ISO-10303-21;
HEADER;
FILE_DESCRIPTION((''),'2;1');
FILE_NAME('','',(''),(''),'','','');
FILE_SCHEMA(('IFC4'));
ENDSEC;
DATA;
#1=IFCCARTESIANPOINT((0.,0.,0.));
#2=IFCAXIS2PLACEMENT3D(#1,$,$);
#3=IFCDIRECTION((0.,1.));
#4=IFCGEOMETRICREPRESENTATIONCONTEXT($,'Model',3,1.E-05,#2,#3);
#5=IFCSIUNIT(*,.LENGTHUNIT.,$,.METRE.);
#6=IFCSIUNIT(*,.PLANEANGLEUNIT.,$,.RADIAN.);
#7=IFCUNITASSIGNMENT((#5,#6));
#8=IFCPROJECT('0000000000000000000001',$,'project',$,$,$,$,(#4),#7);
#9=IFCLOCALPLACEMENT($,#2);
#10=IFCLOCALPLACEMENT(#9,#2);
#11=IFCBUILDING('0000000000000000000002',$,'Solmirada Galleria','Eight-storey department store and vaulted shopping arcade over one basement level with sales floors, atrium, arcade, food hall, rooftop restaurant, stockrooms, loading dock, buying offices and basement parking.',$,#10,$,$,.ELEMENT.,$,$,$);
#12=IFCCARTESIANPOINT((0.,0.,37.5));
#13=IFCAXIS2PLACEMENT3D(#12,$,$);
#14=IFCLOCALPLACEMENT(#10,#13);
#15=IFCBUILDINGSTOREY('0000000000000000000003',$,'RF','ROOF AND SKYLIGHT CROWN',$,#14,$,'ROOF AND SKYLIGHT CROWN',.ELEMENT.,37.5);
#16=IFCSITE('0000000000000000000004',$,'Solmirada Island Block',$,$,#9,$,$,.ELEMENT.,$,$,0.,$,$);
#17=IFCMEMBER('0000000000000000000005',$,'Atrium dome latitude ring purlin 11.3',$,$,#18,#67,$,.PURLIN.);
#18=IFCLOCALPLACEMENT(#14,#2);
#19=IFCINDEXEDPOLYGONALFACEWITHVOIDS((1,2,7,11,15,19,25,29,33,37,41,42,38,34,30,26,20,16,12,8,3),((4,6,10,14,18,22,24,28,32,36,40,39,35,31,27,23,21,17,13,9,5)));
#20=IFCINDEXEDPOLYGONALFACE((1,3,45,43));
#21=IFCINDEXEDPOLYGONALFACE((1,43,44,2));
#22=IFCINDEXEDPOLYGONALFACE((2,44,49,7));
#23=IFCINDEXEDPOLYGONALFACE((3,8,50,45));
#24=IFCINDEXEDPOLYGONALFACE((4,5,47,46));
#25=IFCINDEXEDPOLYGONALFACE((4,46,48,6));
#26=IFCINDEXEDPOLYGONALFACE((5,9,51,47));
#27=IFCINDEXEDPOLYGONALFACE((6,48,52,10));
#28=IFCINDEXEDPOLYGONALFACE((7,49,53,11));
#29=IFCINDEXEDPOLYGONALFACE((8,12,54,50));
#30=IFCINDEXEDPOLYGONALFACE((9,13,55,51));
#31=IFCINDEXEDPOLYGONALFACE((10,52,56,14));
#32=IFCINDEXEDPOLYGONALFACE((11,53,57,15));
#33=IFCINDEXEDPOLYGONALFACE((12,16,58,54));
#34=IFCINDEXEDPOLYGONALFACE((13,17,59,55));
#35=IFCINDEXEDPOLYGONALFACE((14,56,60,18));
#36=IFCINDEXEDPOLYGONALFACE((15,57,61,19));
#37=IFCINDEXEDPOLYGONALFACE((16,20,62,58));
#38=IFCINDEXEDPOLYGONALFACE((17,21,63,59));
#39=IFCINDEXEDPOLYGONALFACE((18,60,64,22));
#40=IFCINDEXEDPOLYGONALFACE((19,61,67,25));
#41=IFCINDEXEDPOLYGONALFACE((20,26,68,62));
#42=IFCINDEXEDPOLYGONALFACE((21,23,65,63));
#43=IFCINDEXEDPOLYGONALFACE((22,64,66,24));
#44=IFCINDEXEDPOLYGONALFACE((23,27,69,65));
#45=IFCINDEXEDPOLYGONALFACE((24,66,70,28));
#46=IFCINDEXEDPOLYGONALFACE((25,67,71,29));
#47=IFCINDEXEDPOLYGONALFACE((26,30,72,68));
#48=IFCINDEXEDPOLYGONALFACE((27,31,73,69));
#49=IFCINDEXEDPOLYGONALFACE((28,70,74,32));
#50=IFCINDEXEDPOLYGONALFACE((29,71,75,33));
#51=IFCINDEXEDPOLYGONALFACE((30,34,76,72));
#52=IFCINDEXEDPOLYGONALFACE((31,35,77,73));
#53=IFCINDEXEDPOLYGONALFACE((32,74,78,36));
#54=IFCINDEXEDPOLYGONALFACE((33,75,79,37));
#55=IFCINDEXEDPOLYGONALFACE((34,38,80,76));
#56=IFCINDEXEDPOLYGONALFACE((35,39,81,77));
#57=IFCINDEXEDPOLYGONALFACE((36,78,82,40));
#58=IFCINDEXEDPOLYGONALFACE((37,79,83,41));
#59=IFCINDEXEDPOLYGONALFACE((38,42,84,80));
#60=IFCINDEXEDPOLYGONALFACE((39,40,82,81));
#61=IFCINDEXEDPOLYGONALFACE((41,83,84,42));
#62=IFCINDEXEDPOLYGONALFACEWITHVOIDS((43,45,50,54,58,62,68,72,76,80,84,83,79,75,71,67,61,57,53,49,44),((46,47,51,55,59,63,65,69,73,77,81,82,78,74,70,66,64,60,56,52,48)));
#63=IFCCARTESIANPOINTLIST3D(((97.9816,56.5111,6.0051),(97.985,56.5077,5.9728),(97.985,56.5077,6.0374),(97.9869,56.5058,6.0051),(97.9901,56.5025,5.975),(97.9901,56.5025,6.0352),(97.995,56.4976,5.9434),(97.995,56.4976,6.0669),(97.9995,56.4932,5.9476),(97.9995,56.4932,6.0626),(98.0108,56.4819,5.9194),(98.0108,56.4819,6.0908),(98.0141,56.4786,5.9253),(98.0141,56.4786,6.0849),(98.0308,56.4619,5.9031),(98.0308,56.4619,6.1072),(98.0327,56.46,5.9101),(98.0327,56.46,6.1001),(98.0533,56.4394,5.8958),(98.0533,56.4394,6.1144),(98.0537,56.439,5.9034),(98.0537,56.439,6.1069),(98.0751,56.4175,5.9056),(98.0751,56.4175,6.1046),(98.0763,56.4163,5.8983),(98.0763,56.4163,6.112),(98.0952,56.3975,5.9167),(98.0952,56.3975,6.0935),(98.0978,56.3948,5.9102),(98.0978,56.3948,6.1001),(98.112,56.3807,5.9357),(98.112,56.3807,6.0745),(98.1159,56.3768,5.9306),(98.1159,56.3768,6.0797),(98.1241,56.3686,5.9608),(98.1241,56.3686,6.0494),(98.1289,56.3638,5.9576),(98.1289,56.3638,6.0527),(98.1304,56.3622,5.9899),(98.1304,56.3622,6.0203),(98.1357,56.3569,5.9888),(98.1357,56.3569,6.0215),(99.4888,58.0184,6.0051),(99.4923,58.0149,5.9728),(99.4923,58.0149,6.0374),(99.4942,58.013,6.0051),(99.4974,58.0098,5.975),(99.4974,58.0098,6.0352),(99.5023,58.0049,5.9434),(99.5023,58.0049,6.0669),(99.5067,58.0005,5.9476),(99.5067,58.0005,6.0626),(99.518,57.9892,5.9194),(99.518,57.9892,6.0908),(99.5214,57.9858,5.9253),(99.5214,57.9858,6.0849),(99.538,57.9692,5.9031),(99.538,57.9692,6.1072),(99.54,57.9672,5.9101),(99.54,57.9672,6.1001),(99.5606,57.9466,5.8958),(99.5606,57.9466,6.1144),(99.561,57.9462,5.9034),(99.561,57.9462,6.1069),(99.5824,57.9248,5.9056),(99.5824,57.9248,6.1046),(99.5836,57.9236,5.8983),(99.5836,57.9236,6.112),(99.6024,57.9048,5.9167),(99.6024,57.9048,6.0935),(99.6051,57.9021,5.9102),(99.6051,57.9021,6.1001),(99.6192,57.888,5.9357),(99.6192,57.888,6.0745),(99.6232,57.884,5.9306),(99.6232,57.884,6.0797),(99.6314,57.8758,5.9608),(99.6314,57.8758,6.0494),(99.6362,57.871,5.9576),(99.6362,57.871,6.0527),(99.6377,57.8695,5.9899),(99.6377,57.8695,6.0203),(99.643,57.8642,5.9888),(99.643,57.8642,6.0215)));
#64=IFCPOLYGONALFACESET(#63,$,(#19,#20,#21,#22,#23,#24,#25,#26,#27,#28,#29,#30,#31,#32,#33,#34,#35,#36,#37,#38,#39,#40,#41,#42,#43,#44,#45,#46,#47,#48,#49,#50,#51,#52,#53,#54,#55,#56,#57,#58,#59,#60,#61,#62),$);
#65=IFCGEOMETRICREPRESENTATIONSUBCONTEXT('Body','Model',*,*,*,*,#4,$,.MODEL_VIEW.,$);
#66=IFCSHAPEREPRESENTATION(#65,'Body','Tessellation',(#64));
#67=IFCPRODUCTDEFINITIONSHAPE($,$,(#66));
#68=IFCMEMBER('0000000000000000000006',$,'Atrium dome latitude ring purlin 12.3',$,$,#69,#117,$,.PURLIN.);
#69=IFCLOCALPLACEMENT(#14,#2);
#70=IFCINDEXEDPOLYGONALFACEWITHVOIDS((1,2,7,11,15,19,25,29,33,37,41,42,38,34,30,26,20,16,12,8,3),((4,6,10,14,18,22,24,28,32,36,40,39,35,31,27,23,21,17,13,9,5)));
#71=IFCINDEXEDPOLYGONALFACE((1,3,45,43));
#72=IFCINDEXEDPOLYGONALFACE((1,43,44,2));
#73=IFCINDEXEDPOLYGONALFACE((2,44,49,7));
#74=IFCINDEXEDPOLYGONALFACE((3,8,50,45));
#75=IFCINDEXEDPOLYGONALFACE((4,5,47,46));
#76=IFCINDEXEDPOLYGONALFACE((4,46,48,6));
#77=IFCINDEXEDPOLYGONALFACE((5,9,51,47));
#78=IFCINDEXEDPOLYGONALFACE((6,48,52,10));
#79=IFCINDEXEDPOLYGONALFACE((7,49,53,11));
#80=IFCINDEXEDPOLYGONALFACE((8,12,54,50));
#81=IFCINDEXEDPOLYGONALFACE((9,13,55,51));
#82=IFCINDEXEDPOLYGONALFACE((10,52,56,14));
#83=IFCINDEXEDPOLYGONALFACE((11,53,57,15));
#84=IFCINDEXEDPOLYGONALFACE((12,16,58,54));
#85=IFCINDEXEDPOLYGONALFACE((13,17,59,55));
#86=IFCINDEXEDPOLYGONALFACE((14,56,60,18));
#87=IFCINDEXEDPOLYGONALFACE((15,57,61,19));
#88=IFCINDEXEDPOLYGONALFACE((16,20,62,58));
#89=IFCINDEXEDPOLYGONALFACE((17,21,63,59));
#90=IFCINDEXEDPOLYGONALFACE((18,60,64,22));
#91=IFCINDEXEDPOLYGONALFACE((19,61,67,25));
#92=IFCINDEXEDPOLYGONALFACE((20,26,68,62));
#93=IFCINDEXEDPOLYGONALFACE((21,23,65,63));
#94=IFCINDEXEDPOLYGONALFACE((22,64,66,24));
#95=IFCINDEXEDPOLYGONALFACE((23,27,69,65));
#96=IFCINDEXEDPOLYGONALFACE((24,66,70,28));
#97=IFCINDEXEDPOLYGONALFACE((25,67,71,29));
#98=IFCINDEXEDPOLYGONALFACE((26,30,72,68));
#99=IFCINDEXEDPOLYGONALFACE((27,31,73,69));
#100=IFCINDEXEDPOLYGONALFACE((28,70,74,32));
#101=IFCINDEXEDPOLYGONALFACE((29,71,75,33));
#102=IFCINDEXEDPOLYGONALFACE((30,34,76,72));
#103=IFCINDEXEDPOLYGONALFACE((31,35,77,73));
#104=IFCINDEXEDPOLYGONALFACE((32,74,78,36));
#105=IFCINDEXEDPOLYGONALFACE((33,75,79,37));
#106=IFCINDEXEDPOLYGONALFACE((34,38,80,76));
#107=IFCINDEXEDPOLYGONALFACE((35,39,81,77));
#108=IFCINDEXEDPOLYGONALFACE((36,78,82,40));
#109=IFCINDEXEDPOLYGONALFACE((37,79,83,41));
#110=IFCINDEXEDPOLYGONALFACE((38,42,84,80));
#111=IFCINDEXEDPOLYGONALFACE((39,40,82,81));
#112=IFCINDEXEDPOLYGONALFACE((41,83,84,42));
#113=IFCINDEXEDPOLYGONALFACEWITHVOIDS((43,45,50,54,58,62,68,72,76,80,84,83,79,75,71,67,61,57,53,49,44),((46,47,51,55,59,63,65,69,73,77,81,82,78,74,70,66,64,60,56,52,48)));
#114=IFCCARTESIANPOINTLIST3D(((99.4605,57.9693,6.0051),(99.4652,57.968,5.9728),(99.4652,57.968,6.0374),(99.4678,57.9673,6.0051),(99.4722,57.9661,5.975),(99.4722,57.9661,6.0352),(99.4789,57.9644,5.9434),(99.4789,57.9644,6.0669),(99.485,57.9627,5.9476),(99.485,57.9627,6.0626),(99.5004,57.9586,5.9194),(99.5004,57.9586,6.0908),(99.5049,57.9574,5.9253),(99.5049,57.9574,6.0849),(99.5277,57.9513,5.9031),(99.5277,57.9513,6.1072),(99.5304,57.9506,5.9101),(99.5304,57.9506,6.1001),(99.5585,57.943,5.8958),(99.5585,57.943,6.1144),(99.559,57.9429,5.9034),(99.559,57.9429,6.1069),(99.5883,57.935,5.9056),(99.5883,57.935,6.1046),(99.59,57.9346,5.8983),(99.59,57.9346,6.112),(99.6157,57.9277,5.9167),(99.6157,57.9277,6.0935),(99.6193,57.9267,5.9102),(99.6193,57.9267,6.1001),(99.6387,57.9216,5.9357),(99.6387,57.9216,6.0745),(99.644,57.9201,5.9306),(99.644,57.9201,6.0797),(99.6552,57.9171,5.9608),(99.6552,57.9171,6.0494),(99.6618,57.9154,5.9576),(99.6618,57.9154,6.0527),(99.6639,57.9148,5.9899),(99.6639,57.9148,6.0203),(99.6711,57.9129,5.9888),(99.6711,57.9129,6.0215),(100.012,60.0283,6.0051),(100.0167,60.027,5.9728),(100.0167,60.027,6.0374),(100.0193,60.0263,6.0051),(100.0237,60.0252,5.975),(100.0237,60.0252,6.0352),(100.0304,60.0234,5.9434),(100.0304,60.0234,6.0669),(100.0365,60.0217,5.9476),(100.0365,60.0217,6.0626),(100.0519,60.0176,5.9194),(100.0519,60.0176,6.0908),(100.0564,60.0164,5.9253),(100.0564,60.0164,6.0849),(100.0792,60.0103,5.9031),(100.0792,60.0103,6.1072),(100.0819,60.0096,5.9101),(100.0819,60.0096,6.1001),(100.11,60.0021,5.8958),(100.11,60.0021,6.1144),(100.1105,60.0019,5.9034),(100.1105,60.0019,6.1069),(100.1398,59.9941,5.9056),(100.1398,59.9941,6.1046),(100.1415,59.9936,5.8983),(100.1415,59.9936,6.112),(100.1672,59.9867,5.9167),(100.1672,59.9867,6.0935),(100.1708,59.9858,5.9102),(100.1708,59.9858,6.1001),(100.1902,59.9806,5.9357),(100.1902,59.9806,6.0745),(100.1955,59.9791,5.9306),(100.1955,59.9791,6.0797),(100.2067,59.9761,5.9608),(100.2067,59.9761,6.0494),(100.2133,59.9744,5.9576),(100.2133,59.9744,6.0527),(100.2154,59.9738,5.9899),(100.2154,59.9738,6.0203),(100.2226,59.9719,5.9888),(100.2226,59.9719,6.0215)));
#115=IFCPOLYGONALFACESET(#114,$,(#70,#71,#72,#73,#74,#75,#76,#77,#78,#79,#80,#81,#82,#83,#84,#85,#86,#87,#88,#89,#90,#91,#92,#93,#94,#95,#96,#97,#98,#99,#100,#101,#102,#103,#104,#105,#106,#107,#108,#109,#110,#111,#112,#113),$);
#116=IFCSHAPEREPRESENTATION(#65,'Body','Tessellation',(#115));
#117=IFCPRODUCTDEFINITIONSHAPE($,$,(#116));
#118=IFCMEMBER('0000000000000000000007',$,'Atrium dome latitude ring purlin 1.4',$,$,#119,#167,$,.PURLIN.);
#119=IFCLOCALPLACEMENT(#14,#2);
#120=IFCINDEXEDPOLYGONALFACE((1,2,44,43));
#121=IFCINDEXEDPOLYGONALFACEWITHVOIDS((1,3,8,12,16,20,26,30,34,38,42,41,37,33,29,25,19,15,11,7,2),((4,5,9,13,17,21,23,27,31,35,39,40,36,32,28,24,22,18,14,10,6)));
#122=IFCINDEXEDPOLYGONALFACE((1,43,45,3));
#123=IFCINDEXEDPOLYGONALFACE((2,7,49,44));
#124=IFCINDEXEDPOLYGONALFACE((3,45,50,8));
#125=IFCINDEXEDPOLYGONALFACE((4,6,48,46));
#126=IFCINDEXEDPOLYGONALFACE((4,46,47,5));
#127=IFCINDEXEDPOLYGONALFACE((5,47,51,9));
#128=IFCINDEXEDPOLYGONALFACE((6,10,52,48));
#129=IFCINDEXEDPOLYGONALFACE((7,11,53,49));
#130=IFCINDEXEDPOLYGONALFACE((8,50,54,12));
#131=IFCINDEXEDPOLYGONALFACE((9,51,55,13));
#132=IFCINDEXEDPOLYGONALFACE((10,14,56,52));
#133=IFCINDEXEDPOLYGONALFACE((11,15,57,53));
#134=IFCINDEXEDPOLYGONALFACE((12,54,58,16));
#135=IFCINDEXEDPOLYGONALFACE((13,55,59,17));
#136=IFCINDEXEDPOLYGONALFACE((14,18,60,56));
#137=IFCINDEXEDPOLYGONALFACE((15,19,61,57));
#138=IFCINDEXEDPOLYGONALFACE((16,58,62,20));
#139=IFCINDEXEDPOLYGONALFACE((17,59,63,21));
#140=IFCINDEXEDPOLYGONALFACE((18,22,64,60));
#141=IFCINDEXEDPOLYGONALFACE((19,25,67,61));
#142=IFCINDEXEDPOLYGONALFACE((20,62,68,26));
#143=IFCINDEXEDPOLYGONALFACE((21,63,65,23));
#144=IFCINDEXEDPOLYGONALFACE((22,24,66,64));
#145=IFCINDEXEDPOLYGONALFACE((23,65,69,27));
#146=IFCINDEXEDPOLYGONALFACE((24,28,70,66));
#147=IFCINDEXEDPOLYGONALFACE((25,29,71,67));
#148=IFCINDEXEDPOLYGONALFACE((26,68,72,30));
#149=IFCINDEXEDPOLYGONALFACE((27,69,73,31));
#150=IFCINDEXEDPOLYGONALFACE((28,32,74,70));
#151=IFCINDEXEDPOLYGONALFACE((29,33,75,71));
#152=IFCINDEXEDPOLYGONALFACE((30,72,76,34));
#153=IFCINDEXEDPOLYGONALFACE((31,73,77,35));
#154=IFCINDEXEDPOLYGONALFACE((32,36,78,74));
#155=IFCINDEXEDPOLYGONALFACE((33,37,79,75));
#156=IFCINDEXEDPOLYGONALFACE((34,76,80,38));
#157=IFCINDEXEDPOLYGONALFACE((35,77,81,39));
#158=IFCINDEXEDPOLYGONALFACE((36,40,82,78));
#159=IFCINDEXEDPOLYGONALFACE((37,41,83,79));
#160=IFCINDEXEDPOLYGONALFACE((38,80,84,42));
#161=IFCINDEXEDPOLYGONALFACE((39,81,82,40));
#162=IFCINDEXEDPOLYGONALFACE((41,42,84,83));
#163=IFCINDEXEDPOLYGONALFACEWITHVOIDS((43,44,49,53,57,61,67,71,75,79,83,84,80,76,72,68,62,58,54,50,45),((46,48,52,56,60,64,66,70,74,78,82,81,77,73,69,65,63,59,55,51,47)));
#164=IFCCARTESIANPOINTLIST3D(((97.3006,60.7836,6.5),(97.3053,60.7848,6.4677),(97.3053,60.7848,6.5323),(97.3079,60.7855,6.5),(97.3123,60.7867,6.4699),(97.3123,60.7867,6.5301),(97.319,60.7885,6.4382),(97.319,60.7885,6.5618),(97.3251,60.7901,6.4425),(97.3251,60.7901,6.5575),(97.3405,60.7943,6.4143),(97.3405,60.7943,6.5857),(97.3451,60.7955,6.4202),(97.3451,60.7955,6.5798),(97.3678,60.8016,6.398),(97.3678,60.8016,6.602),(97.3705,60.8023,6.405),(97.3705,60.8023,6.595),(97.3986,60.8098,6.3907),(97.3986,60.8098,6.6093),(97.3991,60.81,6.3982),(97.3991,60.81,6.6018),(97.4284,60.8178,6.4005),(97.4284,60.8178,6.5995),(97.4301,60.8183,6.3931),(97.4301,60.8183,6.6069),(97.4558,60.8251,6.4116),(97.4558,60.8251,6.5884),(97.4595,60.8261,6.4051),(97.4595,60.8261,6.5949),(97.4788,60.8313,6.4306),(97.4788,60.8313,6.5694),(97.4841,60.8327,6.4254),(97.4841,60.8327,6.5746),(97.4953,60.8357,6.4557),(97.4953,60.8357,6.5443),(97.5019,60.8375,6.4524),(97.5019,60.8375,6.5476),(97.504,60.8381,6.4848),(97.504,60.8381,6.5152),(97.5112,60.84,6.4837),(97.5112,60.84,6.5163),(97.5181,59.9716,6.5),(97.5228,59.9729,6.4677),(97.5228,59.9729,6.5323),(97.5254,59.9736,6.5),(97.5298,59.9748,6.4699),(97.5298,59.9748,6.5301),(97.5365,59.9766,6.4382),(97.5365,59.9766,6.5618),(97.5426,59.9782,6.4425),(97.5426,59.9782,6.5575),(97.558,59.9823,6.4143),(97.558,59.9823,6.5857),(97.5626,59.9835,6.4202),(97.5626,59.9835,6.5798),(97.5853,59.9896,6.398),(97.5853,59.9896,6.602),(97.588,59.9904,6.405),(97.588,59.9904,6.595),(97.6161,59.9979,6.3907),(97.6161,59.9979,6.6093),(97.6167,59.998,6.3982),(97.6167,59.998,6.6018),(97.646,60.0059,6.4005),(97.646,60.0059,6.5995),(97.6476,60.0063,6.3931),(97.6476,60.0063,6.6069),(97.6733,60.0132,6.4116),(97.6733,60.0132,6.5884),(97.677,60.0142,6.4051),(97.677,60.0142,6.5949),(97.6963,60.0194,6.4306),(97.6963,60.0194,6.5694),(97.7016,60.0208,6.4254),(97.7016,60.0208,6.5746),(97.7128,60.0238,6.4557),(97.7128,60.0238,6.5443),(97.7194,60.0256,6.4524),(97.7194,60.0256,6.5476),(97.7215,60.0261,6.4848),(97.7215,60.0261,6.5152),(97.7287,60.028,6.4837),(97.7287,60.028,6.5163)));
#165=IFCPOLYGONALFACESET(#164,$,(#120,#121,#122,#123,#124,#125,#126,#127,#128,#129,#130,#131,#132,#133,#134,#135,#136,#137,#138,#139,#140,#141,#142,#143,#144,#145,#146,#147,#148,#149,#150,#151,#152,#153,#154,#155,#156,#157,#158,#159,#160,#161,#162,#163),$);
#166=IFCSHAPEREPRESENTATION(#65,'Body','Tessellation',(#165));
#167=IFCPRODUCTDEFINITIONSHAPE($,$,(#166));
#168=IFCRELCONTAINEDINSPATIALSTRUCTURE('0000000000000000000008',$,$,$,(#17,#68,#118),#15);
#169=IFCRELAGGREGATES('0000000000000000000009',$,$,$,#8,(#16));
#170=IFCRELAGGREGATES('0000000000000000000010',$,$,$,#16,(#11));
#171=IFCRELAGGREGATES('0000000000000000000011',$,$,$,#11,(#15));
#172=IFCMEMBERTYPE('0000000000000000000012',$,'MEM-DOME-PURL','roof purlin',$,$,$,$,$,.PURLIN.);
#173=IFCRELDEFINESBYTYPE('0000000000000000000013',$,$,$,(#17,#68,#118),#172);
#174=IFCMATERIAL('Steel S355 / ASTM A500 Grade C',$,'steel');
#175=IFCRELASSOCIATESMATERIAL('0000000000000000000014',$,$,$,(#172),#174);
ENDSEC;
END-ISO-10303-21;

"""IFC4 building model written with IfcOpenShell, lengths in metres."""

from ifc_helpers import new_model, si_unit, direction, frame, origin, origin_2d, place, context, subcontext, project, spatial, hollow_circle, extrude, material, material_profile, profile_set, type_object, element, save


model = new_model("IFC4")

# Units and contexts
model_context = context("Model", 3, precision=1e-05, world=origin(), true_north=direction((0.0, 1.0)))
body_context = subcontext(model_context, "Body", "Model", "MODEL_VIEW")
ifc_project = project(units=[si_unit("LENGTHUNIT", "METRE"), si_unit("PLANEANGLEUNIT", "RADIAN")], contexts=[model_context])

# Site, building, storey
site_placement = place(None, origin())
site = spatial("IfcSite", under=ifc_project, at=site_placement, Name="Solmirada Island Block", CompositionType="ELEMENT", RefElevation=0.0)
building_placement = place(site_placement, origin())
building = spatial("IfcBuilding", under=site, at=building_placement, Name="Solmirada Galleria", Description="Eight-storey department store and vaulted shopping arcade over one basement level with sales floors, atrium, arcade, food hall, rooftop restaurant, stockrooms, loading dock, buying offices and basement parking.", CompositionType="ELEMENT")
storey_placement = place(building_placement, frame((0.0, 0.0, 37.5)))
storey = spatial("IfcBuildingStorey", under=building, at=storey_placement, Name="RF", Description="ROOF AND SKYLIGHT CROWN", LongName="ROOF AND SKYLIGHT CROWN", CompositionType="ELEMENT", Elevation=37.5)

# Members
ifc_material_1 = material(Name="Steel S355 / ASTM A500 Grade C", Category="steel")
ifc_material_profile_1 = material_profile(ifc_material_1, hollow_circle(Radius=0.1096, WallThickness=0.0076, at=origin_2d()), Name="HSS8.625X0.322")
ifc_profile_set_1 = profile_set([ifc_material_profile_1], Name="Steel S355 / ASTM A500 Grade C")
member_type_1 = type_object("IfcMemberType", Name="MEM-DOME-PURL", Description="roof purlin", PredefinedType="PURLIN", material=ifc_profile_set_1)
for number, where, z_axis, x_axis, name in (
    (1, (98.0591, 56.4336, 6.0051), (0.707107, 0.707107, 0.0), (-0.707107, 0.707107, 0.0), "Atrium dome latitude ring purlin 11.3"),
    (2, (99.5664, 57.9409, 6.0051), (0.258725, 0.965951, 0.0), (-0.965951, 0.258725, 0.0), "Atrium dome latitude ring purlin 12.3"),
):
    element("IfcMember", number, at=place(storey_placement, frame(where, z_axis=z_axis, x_axis=x_axis)), inside=storey, type_object=member_type_1, Name=name, PredefinedType="PURLIN", context=body_context, shape_type="SweptSolid", body=[
        extrude(hollow_circle(Radius=0.1096, WallThickness=0.0076, at=origin_2d()), origin(), (0.0, 0.0, 1.0), 2.1316),
    ])
member_1_placement = place(storey_placement, frame((97.624, 60.0, 6.5), z_axis=(-0.258765, 0.96594, 0.0), x_axis=(-0.96594, -0.258765, 0.0)))
element("IfcMember", 3, at=member_1_placement, inside=storey, type_object=member_type_1, Name="Atrium dome latitude ring purlin 1.4", PredefinedType="PURLIN", context=body_context, shape_type="SweptSolid", body=[
    extrude(hollow_circle(Radius=0.1096, WallThickness=0.0076, at=origin_2d()), origin(), (0.0, 0.0, 1.0), 0.8406),
])

save(model, "model.ifc")
